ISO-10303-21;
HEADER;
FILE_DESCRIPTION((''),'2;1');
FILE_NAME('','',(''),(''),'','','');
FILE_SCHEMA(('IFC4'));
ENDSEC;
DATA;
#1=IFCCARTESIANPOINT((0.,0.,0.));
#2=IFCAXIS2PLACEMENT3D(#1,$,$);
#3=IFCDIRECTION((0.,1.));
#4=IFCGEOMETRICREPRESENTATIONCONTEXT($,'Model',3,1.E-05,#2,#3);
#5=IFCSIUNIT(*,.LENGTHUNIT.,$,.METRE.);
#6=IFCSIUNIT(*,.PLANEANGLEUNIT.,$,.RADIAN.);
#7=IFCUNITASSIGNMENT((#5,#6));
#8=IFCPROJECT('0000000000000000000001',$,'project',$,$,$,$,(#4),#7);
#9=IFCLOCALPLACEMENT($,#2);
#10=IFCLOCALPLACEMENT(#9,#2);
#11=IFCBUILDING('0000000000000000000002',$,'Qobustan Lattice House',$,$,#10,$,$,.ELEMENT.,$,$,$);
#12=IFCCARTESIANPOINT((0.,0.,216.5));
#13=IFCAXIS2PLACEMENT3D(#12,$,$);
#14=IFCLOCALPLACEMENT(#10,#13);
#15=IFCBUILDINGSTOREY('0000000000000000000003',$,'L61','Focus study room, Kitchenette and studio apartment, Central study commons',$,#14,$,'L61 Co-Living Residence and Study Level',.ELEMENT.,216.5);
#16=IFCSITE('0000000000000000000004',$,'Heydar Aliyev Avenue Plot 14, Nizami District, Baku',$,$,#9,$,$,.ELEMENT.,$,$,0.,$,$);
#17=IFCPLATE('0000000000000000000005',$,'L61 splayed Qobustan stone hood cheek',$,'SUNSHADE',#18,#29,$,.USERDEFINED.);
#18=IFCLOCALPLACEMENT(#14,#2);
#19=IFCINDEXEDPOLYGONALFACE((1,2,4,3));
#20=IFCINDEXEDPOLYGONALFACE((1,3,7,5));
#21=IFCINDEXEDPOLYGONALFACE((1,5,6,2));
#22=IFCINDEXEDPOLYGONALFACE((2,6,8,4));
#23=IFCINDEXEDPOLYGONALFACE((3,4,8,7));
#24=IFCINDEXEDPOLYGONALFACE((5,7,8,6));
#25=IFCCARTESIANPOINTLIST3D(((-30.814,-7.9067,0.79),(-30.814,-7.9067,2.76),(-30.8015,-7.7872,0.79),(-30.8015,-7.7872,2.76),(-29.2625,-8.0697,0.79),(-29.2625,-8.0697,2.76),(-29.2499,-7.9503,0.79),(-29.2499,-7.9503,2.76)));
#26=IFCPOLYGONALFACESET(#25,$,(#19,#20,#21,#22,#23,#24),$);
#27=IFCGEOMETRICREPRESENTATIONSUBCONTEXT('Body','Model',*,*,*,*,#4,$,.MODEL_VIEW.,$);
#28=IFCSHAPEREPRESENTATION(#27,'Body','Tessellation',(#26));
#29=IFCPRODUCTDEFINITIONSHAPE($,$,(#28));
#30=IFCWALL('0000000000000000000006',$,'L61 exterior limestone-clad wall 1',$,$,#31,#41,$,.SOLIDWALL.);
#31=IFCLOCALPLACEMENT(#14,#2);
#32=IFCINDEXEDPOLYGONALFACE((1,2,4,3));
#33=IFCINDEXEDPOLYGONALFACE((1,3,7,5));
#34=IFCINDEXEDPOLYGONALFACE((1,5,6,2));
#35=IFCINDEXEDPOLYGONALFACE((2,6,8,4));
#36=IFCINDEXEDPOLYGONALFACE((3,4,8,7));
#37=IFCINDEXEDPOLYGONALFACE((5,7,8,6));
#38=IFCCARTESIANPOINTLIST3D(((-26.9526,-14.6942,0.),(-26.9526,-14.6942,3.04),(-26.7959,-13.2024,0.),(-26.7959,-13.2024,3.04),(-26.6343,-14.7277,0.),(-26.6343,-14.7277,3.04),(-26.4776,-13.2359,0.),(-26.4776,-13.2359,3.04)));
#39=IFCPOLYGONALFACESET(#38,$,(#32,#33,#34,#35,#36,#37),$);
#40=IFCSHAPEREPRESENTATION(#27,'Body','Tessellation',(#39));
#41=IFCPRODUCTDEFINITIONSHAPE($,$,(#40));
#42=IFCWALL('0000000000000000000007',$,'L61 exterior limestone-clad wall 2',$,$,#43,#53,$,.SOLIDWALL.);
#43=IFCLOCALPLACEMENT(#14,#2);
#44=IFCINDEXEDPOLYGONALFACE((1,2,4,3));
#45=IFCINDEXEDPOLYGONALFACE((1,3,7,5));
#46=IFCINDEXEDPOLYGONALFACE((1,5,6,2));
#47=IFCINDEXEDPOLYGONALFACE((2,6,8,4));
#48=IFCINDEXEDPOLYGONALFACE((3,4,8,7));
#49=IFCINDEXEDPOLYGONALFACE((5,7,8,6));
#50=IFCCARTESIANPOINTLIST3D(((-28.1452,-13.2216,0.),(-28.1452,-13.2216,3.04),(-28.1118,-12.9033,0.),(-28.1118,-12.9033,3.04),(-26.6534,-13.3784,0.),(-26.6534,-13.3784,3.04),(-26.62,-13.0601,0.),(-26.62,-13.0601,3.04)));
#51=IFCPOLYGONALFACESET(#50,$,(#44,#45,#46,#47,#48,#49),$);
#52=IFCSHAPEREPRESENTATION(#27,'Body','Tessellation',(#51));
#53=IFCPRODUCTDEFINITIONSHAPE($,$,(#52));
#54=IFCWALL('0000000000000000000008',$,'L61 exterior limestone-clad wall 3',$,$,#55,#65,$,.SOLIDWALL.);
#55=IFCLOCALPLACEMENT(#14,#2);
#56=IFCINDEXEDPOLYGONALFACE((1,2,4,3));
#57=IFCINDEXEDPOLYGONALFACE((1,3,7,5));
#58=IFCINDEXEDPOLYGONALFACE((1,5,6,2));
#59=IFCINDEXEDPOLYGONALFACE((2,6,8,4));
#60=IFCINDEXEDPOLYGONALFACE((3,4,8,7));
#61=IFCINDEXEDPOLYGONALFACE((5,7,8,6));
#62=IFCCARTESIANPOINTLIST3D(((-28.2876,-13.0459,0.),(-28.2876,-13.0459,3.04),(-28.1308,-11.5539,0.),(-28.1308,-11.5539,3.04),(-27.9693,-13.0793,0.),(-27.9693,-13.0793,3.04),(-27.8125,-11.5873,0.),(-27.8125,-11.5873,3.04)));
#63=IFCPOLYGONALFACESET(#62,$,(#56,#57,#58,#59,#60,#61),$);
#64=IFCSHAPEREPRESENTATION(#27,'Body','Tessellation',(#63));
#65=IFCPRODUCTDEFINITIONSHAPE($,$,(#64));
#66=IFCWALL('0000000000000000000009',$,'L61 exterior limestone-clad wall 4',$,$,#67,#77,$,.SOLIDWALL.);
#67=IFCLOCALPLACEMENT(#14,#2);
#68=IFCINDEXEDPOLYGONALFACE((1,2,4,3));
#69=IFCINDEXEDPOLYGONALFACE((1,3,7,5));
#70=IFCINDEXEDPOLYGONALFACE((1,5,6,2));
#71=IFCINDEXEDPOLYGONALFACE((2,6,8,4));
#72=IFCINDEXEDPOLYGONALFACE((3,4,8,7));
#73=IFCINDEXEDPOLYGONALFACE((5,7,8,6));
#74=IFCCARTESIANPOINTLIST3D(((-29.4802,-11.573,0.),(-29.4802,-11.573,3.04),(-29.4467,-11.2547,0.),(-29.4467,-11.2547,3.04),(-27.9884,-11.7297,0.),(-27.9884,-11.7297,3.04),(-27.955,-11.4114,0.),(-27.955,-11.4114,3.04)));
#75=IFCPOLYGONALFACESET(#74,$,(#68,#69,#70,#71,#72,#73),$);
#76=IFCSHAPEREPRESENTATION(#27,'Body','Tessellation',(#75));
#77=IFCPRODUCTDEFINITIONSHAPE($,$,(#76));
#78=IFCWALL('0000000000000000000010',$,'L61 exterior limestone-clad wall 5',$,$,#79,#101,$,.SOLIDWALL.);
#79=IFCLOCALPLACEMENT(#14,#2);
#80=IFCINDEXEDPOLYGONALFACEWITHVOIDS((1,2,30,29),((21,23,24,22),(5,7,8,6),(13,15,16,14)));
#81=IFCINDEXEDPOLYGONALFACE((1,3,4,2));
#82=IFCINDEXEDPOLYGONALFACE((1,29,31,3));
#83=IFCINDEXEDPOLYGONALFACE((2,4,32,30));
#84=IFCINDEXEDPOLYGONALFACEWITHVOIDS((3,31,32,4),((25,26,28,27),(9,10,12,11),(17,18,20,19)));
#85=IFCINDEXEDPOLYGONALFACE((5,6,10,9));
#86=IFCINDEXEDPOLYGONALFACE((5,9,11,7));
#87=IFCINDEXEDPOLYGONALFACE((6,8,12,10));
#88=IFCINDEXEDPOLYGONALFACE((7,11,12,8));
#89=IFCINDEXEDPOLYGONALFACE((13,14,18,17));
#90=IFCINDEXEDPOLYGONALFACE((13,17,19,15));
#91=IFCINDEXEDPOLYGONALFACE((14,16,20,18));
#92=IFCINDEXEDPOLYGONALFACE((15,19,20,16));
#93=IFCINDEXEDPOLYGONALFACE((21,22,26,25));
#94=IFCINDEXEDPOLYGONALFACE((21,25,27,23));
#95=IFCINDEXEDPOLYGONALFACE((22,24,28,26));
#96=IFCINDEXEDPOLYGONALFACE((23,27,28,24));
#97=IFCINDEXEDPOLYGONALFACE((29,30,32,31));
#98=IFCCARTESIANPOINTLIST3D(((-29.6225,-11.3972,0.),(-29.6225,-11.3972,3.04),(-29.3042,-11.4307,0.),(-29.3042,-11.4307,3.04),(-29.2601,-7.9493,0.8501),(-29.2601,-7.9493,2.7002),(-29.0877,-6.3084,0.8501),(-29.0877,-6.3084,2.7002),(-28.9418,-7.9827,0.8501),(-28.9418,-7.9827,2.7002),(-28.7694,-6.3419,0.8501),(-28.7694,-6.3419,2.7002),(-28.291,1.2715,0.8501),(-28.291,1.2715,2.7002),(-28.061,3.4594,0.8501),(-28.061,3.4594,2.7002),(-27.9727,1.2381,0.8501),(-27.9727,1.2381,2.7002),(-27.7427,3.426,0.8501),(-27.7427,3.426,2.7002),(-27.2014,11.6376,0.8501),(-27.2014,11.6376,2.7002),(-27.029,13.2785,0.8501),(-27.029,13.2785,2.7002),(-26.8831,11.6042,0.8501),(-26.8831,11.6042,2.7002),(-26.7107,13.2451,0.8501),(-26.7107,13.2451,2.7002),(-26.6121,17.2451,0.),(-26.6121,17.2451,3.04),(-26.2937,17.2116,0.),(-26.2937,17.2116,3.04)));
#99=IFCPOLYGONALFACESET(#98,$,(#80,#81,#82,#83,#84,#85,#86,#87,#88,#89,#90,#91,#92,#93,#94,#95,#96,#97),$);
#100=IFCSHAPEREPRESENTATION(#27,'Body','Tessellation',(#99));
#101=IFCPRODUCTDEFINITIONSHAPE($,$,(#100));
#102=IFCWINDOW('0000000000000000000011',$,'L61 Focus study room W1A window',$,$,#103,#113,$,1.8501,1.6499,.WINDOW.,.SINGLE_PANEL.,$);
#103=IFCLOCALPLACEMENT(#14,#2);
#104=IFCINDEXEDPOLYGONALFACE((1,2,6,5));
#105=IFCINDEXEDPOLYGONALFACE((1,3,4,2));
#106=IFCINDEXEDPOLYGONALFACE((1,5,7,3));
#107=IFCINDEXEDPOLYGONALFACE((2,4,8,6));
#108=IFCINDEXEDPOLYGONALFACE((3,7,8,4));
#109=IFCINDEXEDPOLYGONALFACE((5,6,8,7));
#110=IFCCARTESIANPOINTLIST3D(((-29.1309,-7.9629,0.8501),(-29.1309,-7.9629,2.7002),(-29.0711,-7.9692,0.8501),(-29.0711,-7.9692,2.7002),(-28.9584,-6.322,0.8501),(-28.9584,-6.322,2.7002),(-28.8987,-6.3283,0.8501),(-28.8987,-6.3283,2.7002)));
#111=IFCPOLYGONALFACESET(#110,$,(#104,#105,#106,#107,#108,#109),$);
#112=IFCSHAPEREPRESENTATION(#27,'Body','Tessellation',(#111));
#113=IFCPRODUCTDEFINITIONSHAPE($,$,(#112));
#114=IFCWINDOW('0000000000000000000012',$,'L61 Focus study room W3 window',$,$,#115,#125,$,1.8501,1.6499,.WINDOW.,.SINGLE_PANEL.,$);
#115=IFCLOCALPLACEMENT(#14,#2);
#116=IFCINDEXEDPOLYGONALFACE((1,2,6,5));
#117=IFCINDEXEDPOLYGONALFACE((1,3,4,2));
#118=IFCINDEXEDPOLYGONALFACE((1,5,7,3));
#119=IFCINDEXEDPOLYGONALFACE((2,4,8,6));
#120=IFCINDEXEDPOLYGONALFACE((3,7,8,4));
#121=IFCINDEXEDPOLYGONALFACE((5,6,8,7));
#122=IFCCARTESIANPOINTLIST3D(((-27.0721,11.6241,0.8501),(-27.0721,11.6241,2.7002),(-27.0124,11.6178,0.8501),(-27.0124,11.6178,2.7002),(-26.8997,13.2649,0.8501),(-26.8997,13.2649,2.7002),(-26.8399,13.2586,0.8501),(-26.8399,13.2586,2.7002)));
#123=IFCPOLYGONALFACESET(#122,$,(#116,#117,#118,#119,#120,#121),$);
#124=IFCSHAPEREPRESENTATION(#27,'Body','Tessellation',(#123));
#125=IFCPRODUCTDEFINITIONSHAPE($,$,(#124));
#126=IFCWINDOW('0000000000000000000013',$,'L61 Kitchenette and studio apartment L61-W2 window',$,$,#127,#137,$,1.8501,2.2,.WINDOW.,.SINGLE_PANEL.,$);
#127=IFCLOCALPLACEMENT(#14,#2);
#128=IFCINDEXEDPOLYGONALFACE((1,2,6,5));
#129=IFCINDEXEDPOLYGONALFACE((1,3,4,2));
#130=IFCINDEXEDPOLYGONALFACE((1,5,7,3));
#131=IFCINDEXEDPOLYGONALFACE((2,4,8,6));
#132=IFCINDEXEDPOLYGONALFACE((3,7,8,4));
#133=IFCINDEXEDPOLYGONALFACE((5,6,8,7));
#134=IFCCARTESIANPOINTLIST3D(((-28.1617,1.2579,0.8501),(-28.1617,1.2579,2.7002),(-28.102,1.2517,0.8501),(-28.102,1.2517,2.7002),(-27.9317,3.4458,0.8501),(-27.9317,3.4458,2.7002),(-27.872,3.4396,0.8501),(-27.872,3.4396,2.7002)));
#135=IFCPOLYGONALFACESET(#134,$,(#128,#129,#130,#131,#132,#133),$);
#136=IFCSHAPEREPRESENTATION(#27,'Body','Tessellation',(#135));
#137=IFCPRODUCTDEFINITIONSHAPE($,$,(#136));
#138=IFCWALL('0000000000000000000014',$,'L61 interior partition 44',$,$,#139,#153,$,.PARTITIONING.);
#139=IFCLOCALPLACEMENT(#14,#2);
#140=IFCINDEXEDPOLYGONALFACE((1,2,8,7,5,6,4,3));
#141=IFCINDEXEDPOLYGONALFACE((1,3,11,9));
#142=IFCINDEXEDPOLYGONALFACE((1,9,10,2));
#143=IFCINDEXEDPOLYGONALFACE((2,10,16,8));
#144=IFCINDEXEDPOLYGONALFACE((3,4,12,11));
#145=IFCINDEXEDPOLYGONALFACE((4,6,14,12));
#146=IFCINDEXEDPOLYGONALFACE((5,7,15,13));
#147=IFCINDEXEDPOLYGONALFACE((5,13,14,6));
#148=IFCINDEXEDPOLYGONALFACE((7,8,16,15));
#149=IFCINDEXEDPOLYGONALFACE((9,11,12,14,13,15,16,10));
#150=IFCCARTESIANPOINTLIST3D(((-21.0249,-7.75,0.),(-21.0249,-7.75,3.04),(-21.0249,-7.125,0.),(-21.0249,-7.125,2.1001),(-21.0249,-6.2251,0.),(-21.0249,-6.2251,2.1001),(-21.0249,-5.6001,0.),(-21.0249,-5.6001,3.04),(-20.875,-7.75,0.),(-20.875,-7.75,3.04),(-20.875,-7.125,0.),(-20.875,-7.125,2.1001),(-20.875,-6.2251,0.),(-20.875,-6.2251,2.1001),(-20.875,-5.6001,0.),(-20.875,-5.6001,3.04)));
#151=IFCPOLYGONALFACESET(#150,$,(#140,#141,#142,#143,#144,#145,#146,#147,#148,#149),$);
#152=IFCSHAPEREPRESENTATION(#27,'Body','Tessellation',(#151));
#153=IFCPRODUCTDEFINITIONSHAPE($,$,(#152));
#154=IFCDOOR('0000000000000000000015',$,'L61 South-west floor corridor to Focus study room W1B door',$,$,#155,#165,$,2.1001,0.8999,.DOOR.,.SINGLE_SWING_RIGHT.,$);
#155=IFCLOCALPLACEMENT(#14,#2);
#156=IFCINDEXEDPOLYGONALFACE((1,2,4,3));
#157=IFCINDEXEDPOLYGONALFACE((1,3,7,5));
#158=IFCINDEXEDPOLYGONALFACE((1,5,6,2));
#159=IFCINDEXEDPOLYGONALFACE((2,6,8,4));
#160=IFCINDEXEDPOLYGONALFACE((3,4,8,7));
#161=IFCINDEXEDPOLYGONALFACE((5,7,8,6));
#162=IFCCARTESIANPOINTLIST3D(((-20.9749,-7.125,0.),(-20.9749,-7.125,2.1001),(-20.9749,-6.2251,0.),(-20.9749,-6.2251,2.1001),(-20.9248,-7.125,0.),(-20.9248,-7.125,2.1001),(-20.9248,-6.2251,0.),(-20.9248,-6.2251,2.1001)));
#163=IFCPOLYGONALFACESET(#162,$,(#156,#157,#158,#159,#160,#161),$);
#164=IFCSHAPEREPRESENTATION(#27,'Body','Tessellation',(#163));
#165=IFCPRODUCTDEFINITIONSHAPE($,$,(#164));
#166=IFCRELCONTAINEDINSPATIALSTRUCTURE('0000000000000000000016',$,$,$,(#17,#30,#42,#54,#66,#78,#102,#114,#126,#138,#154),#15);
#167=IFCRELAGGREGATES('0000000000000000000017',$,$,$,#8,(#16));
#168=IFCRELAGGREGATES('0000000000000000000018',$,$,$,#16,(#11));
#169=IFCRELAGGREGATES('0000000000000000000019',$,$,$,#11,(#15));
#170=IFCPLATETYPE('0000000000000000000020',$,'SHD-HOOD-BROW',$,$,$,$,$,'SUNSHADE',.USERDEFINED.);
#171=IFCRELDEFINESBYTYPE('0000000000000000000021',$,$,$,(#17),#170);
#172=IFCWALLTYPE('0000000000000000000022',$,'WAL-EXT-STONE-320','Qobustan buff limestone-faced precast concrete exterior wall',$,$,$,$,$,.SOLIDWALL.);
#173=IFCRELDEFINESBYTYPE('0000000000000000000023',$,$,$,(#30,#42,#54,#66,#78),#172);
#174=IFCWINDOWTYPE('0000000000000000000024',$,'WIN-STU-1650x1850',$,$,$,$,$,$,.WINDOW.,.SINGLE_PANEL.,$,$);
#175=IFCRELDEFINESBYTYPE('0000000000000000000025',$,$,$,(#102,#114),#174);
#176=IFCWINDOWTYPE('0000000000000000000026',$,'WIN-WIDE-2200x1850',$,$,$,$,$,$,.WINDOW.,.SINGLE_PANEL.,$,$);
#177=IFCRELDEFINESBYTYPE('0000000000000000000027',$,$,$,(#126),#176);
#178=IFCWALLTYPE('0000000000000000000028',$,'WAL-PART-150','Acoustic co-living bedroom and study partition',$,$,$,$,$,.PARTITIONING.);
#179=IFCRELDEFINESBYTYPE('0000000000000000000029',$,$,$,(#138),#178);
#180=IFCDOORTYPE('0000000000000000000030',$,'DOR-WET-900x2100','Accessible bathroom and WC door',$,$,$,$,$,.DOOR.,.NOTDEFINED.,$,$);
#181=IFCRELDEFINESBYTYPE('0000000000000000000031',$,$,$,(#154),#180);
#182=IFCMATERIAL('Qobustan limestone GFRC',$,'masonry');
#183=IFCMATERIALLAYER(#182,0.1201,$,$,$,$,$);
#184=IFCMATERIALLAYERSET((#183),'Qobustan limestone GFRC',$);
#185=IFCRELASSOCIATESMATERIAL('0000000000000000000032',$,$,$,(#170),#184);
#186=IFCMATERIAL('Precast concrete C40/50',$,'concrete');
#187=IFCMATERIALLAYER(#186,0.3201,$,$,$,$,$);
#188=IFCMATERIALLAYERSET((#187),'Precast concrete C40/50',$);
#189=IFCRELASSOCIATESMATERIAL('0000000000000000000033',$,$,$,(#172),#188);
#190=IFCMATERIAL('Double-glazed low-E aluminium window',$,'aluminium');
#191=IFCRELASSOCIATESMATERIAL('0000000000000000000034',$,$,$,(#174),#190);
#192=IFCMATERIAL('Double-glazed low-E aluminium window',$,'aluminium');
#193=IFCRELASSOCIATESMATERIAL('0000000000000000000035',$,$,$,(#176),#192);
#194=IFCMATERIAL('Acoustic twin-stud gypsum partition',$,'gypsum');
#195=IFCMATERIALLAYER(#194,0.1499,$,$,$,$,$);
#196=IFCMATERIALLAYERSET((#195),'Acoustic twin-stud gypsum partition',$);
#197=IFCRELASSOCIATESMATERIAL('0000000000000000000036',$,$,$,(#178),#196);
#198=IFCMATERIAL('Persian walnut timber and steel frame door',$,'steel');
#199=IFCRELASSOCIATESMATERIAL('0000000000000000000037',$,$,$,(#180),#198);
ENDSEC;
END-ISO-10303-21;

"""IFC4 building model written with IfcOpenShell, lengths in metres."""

from ifc_helpers import new_model, si_unit, direction, frame, frame_2d, origin, origin_2d, place, context, subcontext, project, spatial, rectangle, extrude, material, layer, layer_set, type_object, element, fill, save


model = new_model("IFC4")

# Units and contexts
model_context = context("Model", 3, precision=1e-05, world=origin(), true_north=direction((0.0, 1.0)))
body_context = subcontext(model_context, "Body", "Model", "MODEL_VIEW")
ifc_project = project(units=[si_unit("LENGTHUNIT", "METRE"), si_unit("PLANEANGLEUNIT", "RADIAN")], contexts=[model_context])

# Site, building, storey
site_placement = place(None, origin())
site = spatial("IfcSite", under=ifc_project, at=site_placement, Name="Heydar Aliyev Avenue Plot 14, Nizami District, Baku", CompositionType="ELEMENT", RefElevation=0.0)
building_placement = place(site_placement, origin())
building = spatial("IfcBuilding", under=site, at=building_placement, Name="Qobustan Lattice House", CompositionType="ELEMENT")
storey_placement = place(building_placement, frame((0.0, 0.0, 216.5)))
storey = spatial("IfcBuildingStorey", under=building, at=storey_placement, Name="L61", Description="Focus study room, Kitchenette and studio apartment, Central study commons", LongName="L61 Co-Living Residence and Study Level", CompositionType="ELEMENT", Elevation=216.5)

# Plate
ifc_material_1 = material(Name="Qobustan limestone GFRC", Category="masonry")
ifc_layer_1 = layer(ifc_material_1, 0.1201)
ifc_layer_set_1 = layer_set([ifc_layer_1], Name="Qobustan limestone GFRC")
plate_type = type_object("IfcPlateType", Name="SHD-HOOD-BROW", ElementType="SUNSHADE", PredefinedType="USERDEFINED", material=ifc_layer_set_1)
plate_placement = place(storey_placement, frame((-30.032, -7.9285, 0.79), z_axis=(0.0, 0.0, 1.0), x_axis=(0.104528, 0.994522, 0.0)))
element("IfcPlate", 1, at=plate_placement, inside=storey, type_object=plate_type, Name="L61 splayed Qobustan stone hood cheek", ObjectType="SUNSHADE", PredefinedType="USERDEFINED", context=body_context, shape_type="SweptSolid", body=[
    extrude(rectangle(XDim=0.1201, YDim=1.5601, at=origin_2d()), origin(), (0.0, 0.0, 1.0), 1.97),
])

# Walls
ifc_material_2 = material(Name="Precast concrete C40/50", Category="concrete")
ifc_layer_2 = layer(ifc_material_2, 0.3201)
ifc_layer_set_2 = layer_set([ifc_layer_2], Name="Precast concrete C40/50")
wall_type_1 = type_object("IfcWallType", Name="WAL-EXT-STONE-320", Description="Qobustan buff limestone-faced precast concrete exterior wall", PredefinedType="SOLIDWALL", material=ifc_layer_set_2)
for number, where, z_axis, x_axis, name in (
    (2, (-26.7935, -14.7109, 0.0), (0.0, 0.0, 1.0), (0.104498, 0.994525, 0.0), "L61 exterior limestone-clad wall 1"),
    (3, (-26.6367, -13.2192, 0.0), (0.0, 0.0, 1.0), (-0.994525, 0.104498, 0.0), "L61 exterior limestone-clad wall 2"),
):
    element("IfcWall", number, at=place(storey_placement, frame(where, z_axis=z_axis, x_axis=x_axis)), inside=storey, type_object=wall_type_1, Name=name, PredefinedType="SOLIDWALL", context=body_context, shape_type="SweptSolid", body=[
        extrude(rectangle(XDim=1.5, YDim=0.3201, at=frame_2d((0.75, 0.0))), origin(), (0.0, 0.0, 1.0), 3.04),
    ])
wall_1_placement = place(storey_placement, frame((-28.1284, -13.0625, 0.0), z_axis=(0.0, 0.0, 1.0), x_axis=(0.104481, 0.994527, 0.0)))
element("IfcWall", 4, at=wall_1_placement, inside=storey, type_object=wall_type_1, Name="L61 exterior limestone-clad wall 3", PredefinedType="SOLIDWALL", context=body_context, shape_type="SweptSolid", body=[
    extrude(rectangle(XDim=1.5002, YDim=0.3201, at=frame_2d((0.75, 0.0))), origin(), (0.0, 0.0, 1.0), 3.04),
])
wall_2_placement = place(storey_placement, frame((-27.9717, -11.5706, 0.0), z_axis=(0.0, 0.0, 1.0), x_axis=(-0.994525, 0.104498, 0.0)))
element("IfcWall", 5, at=wall_2_placement, inside=storey, type_object=wall_type_1, Name="L61 exterior limestone-clad wall 4", PredefinedType="SOLIDWALL", context=body_context, shape_type="SweptSolid", body=[
    extrude(rectangle(XDim=1.5, YDim=0.3201, at=frame_2d((0.75, 0.0))), origin(), (0.0, 0.0, 1.0), 3.04),
])

# Wall, openings, windows
wall_3_placement = place(storey_placement, frame((-29.4634, -11.4138, 0.0), z_axis=(0.0, 0.0, 1.0), x_axis=(0.104531, 0.994522, 0.0)))
wall_3 = element("IfcWall", 6, at=wall_3_placement, inside=storey, type_object=wall_type_1, Name="L61 exterior limestone-clad wall 5", PredefinedType="SOLIDWALL", context=body_context, shape_type="SweptSolid", body=[
    extrude(rectangle(XDim=28.8, YDim=0.3201, at=frame_2d((14.3999, 0.0))), origin(), (0.0, 0.0, 1.0), 3.04),
])
opening_1_placement = place(wall_3_placement, frame((3.4668, 0.0, 0.8501)))
opening_1 = element("IfcOpeningElement", 7, at=opening_1_placement, cuts=wall_3, PredefinedType="OPENING", context=body_context, shape_type="SweptSolid", body=[
    extrude(rectangle(XDim=1.6499, YDim=1.8501, at=frame_2d((0.825, 0.925))), frame((0.0, 0.1699, 0.0), z_axis=(0.0, -1.0, 0.0), x_axis=(1.0, 0.0, 0.0)), (0.0, 0.0, 1.0), 0.3401),
])
opening_2_placement = place(wall_3_placement, frame((12.7383, 0.0, 0.8501)))
opening_2 = element("IfcOpeningElement", 8, at=opening_2_placement, cuts=wall_3, PredefinedType="OPENING", context=body_context, shape_type="SweptSolid", body=[
    extrude(rectangle(XDim=2.2, YDim=1.8501, at=frame_2d((1.1001, 0.925))), frame((0.0, 0.1699, 0.0), z_axis=(0.0, -1.0, 0.0), x_axis=(1.0, 0.0, 0.0)), (0.0, 0.0, 1.0), 0.3401),
])
opening_3_placement = place(wall_3_placement, frame((23.1616, 0.0, 0.8501)))
opening_3 = element("IfcOpeningElement", 9, at=opening_3_placement, cuts=wall_3, PredefinedType="OPENING", context=body_context, shape_type="SweptSolid", body=[
    extrude(rectangle(XDim=1.6499, YDim=1.8501, at=frame_2d((0.825, 0.925))), frame((0.0, 0.1699, 0.0), z_axis=(0.0, -1.0, 0.0), x_axis=(1.0, 0.0, 0.0)), (0.0, 0.0, 1.0), 0.3401),
])
ifc_material_3 = material(Name="Double-glazed low-E aluminium window", Category="aluminium")
window_type_1 = type_object("IfcWindowType", Name="WIN-STU-1650x1850", PartitioningType="SINGLE_PANEL", PredefinedType="WINDOW", material=ifc_material_3)
window_1_placement = place(opening_1_placement, origin())
window_1 = element("IfcWindow", 10, at=window_1_placement, inside=storey, type_object=window_type_1, Name="L61 Focus study room W1A window", OverallHeight=1.8501, OverallWidth=1.6499, PartitioningType="SINGLE_PANEL", PredefinedType="WINDOW", context=body_context, shape_type="SweptSolid", body=[
    extrude(rectangle(XDim=1.6499, YDim=1.8501, at=frame_2d((0.825, 0.925))), frame((0.0, 0.03, 0.0), z_axis=(0.0, -1.0, 0.0), x_axis=(1.0, 0.0, 0.0)), (0.0, 0.0, 1.0), 0.0601),
])
fill(opening_1, window_1)
window_2_placement = place(opening_3_placement, origin())
window_2 = element("IfcWindow", 11, at=window_2_placement, inside=storey, type_object=window_type_1, Name="L61 Focus study room W3 window", OverallHeight=1.8501, OverallWidth=1.6499, PartitioningType="SINGLE_PANEL", PredefinedType="WINDOW", context=body_context, shape_type="SweptSolid", body=[
    extrude(rectangle(XDim=1.6499, YDim=1.8501, at=frame_2d((0.825, 0.925))), frame((0.0, 0.03, 0.0), z_axis=(0.0, -1.0, 0.0), x_axis=(1.0, 0.0, 0.0)), (0.0, 0.0, 1.0), 0.0601),
])
fill(opening_3, window_2)
ifc_material_4 = material(Name="Double-glazed low-E aluminium window", Category="aluminium")
window_type_2 = type_object("IfcWindowType", Name="WIN-WIDE-2200x1850", PartitioningType="SINGLE_PANEL", PredefinedType="WINDOW", material=ifc_material_4)
window_3_placement = place(opening_2_placement, origin())
window_3 = element("IfcWindow", 12, at=window_3_placement, inside=storey, type_object=window_type_2, Name="L61 Kitchenette and studio apartment L61-W2 window", OverallHeight=1.8501, OverallWidth=2.2, PartitioningType="SINGLE_PANEL", PredefinedType="WINDOW", context=body_context, shape_type="SweptSolid", body=[
    extrude(rectangle(XDim=2.2, YDim=1.8501, at=frame_2d((1.1001, 0.925))), frame((0.0, 0.03, 0.0), z_axis=(0.0, -1.0, 0.0), x_axis=(1.0, 0.0, 0.0)), (0.0, 0.0, 1.0), 0.0601),
])
fill(opening_2, window_3)

# Wall, opening, door
ifc_material_5 = material(Name="Acoustic twin-stud gypsum partition", Category="gypsum")
ifc_layer_3 = layer(ifc_material_5, 0.1499)
ifc_layer_set_3 = layer_set([ifc_layer_3], Name="Acoustic twin-stud gypsum partition")
wall_type_2 = type_object("IfcWallType", Name="WAL-PART-150", Description="Acoustic co-living bedroom and study partition", PredefinedType="PARTITIONING", material=ifc_layer_set_3)
wall_4_placement = place(storey_placement, frame((-20.95, -7.75, 0.0), z_axis=(0.0, 0.0, 1.0), x_axis=(0.0, 1.0, 0.0)))
wall_4 = element("IfcWall", 13, at=wall_4_placement, inside=storey, type_object=wall_type_2, Name="L61 interior partition 44", PredefinedType="PARTITIONING", context=body_context, shape_type="SweptSolid", body=[
    extrude(rectangle(XDim=2.1499, YDim=0.1499, at=frame_2d((1.075, 0.0))), origin(), (0.0, 0.0, 1.0), 3.04),
])
opening_4_placement = place(wall_4_placement, frame((0.625, 0.0, 0.0)))
opening_4 = element("IfcOpeningElement", 14, at=opening_4_placement, cuts=wall_4, PredefinedType="OPENING", context=body_context, shape_type="SweptSolid", body=[
    extrude(rectangle(XDim=0.8999, YDim=2.1001, at=frame_2d((0.45, 1.05))), frame((0.0, 0.085, 0.0), z_axis=(0.0, -1.0, 0.0), x_axis=(1.0, 0.0, 0.0)), (0.0, 0.0, 1.0), 0.1699),
])
ifc_material_6 = material(Name="Persian walnut timber and steel frame door", Category="steel")
door_type = type_object("IfcDoorType", Name="DOR-WET-900x2100", Description="Accessible bathroom and WC door", OperationType="NOTDEFINED", PredefinedType="DOOR", material=ifc_material_6)
door_placement = place(opening_4_placement, origin())
door = element("IfcDoor", 15, at=door_placement, inside=storey, type_object=door_type, Name="L61 South-west floor corridor to Focus study room W1B door", OperationType="SINGLE_SWING_RIGHT", OverallHeight=2.1001, OverallWidth=0.8999, PredefinedType="DOOR", context=body_context, shape_type="SweptSolid", body=[
    extrude(rectangle(XDim=0.8999, YDim=2.1001, at=frame_2d((0.45, 1.05))), frame((0.0, 0.0249, 0.0), z_axis=(0.0, -1.0, 0.0), x_axis=(1.0, 0.0, 0.0)), (0.0, 0.0, 1.0), 0.05),
])
fill(opening_4, door)

save(model, "model.ifc")
